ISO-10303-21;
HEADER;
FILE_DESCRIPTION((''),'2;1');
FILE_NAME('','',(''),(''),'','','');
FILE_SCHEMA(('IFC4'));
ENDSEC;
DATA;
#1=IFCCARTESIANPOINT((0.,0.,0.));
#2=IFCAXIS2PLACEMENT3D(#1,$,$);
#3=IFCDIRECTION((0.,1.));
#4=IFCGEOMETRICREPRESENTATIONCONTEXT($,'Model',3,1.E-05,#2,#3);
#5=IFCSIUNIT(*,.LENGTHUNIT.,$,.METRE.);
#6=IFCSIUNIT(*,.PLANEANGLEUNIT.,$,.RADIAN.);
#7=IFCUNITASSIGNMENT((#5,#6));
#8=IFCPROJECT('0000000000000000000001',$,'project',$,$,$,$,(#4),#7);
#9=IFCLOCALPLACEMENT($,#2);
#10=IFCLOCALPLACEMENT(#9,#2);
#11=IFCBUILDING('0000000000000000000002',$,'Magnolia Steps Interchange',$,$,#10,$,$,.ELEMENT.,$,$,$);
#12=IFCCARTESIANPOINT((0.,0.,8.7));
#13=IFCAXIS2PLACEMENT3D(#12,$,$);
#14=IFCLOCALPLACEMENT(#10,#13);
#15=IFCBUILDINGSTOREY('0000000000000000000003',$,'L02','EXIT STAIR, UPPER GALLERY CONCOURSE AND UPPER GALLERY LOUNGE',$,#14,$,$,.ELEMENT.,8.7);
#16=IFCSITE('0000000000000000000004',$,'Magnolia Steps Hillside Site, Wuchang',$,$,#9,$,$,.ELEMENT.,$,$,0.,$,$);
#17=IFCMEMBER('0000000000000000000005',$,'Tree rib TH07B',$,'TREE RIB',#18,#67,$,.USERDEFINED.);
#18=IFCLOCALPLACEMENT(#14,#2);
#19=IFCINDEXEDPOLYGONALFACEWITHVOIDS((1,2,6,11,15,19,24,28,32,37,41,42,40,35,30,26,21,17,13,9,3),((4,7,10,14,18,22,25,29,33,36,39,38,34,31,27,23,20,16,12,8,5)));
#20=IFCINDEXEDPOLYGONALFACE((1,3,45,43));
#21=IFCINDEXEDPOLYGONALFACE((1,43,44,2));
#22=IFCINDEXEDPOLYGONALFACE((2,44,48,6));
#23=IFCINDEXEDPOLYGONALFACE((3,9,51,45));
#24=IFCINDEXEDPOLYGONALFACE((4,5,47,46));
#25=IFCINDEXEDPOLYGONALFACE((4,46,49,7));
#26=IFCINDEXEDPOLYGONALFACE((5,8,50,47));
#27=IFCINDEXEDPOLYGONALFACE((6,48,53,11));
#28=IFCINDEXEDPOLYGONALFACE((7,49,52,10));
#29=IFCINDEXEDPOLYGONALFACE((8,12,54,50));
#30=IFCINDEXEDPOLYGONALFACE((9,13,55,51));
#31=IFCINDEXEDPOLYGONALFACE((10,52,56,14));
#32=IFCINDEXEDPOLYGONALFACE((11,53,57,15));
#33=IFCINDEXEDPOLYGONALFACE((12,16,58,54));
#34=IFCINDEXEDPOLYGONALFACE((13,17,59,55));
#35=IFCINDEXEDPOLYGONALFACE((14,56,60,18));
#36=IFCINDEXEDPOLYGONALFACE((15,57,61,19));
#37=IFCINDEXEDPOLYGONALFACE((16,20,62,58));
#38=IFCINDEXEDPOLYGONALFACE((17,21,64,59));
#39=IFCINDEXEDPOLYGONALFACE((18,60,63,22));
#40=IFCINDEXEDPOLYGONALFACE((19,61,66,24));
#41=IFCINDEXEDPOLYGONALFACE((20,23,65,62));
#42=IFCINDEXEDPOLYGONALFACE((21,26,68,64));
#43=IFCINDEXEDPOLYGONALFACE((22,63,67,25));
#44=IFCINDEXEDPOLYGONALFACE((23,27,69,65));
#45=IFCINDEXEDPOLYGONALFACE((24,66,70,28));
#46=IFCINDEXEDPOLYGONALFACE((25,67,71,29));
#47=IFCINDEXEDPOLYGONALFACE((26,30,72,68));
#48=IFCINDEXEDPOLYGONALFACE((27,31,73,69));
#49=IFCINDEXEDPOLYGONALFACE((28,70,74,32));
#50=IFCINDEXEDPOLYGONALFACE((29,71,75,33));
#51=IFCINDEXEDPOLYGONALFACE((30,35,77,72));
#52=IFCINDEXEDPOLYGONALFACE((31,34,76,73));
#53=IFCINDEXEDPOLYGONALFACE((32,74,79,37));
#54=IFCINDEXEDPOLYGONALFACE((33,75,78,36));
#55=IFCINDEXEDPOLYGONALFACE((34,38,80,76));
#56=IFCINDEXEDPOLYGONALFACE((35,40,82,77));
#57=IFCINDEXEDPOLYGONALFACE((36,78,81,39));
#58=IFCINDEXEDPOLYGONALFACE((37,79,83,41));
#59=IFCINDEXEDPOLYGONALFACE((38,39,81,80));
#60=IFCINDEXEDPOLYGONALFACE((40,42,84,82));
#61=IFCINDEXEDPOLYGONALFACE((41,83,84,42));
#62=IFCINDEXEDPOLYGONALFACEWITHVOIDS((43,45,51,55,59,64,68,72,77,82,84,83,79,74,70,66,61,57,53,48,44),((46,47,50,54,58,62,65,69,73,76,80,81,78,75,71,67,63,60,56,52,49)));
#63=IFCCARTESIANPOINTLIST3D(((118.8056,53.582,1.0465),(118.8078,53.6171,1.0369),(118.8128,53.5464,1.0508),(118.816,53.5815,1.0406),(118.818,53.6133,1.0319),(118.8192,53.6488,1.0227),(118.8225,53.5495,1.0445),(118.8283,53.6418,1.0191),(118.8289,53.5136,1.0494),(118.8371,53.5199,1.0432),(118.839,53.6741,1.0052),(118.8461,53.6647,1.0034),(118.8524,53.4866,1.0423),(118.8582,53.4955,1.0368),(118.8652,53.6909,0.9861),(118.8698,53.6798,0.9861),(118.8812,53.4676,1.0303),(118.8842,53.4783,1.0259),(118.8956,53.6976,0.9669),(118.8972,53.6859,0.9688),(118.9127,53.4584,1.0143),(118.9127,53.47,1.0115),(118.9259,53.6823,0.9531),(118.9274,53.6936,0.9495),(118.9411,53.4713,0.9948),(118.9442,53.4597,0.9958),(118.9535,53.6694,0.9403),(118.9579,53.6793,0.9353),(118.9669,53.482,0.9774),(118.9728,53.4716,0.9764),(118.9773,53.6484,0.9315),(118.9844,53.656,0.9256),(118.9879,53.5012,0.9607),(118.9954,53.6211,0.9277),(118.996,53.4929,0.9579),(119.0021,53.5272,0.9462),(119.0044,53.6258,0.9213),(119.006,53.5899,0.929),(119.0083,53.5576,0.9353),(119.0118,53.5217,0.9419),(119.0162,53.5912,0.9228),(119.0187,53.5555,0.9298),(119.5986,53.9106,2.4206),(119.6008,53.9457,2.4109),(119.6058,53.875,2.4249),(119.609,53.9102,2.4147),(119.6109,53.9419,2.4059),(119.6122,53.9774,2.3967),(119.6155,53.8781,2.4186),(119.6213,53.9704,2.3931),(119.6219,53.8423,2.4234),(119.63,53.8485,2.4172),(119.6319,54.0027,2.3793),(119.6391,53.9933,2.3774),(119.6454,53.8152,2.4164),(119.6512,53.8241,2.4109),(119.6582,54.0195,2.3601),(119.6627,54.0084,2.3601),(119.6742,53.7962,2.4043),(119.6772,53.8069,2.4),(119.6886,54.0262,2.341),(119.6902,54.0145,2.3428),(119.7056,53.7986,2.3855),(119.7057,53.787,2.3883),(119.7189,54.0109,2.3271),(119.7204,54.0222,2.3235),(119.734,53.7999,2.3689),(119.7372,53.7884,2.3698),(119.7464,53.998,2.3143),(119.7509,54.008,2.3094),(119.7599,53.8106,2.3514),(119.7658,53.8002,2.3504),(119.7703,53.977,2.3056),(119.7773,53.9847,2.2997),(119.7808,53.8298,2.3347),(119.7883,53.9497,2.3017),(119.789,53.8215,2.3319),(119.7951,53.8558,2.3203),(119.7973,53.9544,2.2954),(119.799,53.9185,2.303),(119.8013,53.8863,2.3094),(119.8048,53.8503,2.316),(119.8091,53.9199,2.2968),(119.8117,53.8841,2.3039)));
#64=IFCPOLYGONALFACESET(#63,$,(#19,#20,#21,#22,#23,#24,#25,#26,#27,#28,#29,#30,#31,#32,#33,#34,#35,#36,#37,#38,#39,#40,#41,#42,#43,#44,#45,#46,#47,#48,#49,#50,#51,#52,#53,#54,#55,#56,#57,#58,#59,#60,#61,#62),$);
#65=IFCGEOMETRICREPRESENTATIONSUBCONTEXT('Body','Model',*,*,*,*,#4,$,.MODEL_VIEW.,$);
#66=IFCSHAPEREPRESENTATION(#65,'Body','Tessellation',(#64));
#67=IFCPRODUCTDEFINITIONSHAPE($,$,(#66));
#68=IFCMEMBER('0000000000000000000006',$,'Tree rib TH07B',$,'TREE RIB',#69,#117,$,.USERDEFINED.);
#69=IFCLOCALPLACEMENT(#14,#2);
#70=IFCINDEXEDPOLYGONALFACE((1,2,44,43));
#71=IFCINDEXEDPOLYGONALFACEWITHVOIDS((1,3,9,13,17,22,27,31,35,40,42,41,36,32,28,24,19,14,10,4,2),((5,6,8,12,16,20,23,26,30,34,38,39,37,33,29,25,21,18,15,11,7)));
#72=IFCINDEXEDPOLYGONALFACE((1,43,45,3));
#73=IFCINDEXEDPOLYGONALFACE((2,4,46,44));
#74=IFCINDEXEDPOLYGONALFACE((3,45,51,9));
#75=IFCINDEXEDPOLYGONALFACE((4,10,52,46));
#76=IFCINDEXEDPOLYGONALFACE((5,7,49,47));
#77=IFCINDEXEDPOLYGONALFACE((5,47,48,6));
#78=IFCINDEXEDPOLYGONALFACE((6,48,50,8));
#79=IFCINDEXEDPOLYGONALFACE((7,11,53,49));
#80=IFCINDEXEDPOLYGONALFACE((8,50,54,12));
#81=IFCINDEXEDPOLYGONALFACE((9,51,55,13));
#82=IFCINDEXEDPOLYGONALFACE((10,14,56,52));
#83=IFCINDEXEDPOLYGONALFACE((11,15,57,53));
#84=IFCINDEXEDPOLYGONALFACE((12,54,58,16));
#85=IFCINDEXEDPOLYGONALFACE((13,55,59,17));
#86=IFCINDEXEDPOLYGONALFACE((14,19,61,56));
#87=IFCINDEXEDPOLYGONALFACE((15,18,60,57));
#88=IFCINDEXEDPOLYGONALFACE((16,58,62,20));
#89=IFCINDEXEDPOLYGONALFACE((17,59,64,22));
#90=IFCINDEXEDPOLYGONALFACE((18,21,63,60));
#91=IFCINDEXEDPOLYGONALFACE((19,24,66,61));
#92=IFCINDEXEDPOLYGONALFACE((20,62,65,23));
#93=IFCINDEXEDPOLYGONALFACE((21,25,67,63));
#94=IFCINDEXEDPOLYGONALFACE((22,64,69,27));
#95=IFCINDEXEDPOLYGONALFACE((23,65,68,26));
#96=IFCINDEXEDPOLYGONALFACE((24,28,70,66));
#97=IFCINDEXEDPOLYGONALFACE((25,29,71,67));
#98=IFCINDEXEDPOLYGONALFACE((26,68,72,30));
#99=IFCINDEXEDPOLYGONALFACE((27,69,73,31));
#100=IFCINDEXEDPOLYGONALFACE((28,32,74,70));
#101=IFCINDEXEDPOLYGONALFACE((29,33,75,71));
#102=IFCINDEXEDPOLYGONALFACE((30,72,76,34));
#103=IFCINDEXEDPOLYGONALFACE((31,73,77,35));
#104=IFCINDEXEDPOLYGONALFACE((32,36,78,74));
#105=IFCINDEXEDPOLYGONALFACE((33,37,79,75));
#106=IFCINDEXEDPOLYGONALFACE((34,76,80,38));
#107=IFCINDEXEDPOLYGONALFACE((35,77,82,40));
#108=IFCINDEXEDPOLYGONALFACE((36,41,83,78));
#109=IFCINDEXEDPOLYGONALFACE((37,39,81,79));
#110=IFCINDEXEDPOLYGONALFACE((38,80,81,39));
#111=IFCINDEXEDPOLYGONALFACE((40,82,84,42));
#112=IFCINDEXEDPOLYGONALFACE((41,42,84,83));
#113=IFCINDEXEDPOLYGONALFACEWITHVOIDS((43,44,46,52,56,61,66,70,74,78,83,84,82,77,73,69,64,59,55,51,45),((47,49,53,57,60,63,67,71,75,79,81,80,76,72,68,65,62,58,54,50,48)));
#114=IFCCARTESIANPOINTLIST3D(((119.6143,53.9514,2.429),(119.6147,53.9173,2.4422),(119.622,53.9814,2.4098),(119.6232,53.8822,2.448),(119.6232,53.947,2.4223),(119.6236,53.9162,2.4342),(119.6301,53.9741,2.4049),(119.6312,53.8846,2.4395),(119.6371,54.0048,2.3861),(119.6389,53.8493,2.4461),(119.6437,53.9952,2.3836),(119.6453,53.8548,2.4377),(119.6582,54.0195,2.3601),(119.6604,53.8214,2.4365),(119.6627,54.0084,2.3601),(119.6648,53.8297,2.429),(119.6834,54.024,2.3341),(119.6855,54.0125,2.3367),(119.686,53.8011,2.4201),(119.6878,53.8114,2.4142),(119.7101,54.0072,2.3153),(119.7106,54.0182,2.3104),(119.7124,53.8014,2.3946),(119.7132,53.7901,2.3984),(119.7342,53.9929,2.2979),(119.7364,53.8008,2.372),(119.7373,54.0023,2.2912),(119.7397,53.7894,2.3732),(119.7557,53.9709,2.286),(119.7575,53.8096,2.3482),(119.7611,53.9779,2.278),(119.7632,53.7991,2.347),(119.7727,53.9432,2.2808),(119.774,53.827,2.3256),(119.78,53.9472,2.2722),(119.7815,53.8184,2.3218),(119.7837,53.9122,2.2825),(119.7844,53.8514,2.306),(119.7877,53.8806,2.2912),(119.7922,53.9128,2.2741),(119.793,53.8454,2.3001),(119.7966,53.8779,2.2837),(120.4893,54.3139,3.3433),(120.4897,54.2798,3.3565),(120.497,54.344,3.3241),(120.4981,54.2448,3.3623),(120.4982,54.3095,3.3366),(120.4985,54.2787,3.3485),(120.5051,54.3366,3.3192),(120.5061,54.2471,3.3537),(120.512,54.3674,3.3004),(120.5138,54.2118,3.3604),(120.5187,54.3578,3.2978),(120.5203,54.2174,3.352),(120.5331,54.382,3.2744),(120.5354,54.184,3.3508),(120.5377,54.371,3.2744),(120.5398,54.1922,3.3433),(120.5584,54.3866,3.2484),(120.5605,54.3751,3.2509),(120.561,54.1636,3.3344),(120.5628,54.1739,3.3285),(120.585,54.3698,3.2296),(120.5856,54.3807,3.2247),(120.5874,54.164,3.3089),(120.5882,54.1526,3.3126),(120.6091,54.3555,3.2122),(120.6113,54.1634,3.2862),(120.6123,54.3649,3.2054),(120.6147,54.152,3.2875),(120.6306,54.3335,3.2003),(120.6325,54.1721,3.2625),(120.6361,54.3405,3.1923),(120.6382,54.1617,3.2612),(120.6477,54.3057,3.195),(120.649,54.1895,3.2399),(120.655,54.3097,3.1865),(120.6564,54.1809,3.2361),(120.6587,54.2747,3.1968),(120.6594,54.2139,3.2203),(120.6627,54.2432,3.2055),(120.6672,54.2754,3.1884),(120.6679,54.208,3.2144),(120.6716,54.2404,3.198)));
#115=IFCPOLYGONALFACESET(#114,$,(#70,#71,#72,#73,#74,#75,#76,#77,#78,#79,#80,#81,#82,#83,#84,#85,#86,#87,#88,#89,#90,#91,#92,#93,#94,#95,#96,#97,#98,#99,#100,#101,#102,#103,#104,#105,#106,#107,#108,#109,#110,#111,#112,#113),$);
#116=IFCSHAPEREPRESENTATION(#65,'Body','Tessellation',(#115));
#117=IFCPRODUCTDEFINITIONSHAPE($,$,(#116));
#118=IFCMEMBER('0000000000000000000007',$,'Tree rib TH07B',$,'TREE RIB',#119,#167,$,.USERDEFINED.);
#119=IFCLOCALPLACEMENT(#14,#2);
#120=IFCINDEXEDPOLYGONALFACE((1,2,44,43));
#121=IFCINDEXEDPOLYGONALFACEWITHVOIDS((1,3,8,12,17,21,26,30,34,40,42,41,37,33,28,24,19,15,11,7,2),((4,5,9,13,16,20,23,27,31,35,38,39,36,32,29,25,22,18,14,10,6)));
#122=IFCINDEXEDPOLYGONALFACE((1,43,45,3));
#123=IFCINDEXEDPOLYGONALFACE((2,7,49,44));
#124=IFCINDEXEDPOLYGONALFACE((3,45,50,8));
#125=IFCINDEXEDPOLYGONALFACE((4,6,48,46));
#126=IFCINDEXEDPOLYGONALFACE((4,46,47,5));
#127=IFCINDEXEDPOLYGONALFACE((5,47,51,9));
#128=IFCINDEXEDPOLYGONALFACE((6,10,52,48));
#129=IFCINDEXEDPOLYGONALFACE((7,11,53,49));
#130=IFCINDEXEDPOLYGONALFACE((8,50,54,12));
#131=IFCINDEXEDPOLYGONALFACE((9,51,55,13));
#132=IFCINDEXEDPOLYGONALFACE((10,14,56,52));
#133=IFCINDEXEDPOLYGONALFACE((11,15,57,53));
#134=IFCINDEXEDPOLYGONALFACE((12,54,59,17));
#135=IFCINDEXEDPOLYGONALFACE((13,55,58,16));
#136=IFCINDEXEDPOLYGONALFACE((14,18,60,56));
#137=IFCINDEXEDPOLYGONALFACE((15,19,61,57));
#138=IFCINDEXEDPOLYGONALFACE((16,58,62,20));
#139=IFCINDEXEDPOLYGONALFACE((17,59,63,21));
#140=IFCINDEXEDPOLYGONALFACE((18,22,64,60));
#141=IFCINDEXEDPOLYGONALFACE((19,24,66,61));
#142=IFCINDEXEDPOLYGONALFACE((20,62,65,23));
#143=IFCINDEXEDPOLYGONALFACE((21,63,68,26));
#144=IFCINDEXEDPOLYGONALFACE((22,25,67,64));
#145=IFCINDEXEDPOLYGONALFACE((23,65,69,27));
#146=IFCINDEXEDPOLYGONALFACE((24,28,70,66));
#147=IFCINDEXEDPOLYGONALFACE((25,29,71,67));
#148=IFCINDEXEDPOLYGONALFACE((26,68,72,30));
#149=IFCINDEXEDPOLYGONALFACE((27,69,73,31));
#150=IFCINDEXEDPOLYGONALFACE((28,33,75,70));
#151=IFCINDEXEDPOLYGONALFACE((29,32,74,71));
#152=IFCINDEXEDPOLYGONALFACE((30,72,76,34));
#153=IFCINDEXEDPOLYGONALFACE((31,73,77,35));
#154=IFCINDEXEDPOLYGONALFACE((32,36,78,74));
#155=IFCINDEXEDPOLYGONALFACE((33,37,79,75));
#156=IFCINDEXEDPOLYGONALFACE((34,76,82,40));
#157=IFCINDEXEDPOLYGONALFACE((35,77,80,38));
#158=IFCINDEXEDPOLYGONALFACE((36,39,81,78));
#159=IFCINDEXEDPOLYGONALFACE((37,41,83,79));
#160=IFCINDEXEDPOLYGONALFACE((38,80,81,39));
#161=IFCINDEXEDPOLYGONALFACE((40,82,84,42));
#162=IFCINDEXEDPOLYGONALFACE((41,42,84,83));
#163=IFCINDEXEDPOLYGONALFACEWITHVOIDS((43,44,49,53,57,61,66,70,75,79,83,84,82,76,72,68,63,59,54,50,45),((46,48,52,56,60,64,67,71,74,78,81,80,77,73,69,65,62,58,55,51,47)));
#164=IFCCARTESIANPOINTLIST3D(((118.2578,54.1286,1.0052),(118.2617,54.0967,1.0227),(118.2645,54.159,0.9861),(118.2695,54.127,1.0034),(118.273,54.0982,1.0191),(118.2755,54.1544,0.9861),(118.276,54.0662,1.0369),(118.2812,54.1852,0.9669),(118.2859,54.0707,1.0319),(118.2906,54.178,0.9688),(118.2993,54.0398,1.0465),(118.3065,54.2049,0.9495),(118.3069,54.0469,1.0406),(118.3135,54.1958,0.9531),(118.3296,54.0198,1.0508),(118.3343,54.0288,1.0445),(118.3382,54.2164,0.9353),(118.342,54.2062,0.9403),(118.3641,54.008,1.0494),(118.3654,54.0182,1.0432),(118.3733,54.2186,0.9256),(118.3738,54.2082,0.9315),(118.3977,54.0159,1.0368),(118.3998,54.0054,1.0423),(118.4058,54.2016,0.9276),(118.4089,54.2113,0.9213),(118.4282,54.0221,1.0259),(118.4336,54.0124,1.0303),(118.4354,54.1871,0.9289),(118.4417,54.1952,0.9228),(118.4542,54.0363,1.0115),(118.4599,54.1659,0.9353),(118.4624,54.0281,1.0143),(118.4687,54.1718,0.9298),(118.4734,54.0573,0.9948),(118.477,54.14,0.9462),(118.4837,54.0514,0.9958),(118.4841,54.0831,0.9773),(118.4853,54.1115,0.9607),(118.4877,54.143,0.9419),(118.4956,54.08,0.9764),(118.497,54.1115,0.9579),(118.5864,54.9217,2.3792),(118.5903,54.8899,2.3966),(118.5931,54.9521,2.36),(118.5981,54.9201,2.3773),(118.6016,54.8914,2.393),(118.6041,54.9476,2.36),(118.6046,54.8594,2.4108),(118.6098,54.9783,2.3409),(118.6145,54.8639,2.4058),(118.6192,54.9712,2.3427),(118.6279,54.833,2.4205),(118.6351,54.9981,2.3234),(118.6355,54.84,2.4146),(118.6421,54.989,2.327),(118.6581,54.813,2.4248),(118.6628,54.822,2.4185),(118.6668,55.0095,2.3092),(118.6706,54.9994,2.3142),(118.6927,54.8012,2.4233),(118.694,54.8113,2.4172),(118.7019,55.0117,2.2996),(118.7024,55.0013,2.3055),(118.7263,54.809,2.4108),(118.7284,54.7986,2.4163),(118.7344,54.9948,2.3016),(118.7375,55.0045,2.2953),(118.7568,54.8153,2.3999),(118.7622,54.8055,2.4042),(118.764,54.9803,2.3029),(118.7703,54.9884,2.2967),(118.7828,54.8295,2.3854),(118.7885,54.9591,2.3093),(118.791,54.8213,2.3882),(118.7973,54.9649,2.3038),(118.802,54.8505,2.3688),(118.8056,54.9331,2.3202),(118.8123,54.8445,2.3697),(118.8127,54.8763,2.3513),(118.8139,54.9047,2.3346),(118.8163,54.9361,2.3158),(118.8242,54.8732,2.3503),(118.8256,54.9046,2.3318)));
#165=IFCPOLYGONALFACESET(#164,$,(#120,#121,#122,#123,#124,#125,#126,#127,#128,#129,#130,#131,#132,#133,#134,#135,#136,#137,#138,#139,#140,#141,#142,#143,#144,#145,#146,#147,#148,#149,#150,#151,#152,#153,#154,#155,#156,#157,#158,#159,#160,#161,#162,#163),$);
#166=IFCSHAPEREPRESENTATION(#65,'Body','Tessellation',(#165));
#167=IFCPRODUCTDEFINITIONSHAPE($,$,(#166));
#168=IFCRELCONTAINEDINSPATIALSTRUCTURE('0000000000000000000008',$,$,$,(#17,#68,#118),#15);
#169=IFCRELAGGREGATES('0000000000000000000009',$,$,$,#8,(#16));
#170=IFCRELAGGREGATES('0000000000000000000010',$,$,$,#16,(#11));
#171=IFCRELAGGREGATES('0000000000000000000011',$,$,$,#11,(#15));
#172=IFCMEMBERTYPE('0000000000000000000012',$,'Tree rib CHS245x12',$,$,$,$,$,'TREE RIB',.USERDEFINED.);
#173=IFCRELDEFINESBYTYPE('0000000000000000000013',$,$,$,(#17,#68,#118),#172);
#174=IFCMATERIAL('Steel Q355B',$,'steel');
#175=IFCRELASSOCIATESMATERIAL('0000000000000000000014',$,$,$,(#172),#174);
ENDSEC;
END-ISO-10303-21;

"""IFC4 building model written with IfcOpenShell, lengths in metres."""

from ifc_helpers import new_model, si_unit, direction, frame, origin, origin_2d, place, context, subcontext, project, spatial, hollow_circle, extrude, material, material_profile, profile_set, type_object, element, save


model = new_model("IFC4")

# Units and contexts
model_context = context("Model", 3, precision=1e-05, world=origin(), true_north=direction((0.0, 1.0)))
body_context = subcontext(model_context, "Body", "Model", "MODEL_VIEW")
ifc_project = project(units=[si_unit("LENGTHUNIT", "METRE"), si_unit("PLANEANGLEUNIT", "RADIAN")], contexts=[model_context])

# Site, building, storey
site_placement = place(None, origin())
site = spatial("IfcSite", under=ifc_project, at=site_placement, Name="Magnolia Steps Hillside Site, Wuchang", CompositionType="ELEMENT", RefElevation=0.0)
building_placement = place(site_placement, origin())
building = spatial("IfcBuilding", under=site, at=building_placement, Name="Magnolia Steps Interchange", CompositionType="ELEMENT")
storey_placement = place(building_placement, frame((0.0, 0.0, 8.7)))
storey = spatial("IfcBuildingStorey", under=building, at=storey_placement, Name="L02", Description="EXIT STAIR, UPPER GALLERY CONCOURSE AND UPPER GALLERY LOUNGE", CompositionType="ELEMENT", Elevation=8.7)

# Members
ifc_material_1 = material(Name="Steel Q355B", Category="steel")
ifc_material_profile_1 = material_profile(ifc_material_1, hollow_circle(Radius=0.1226, WallThickness=0.012, at=origin_2d()), Name="CHS245x12")
ifc_profile_set_1 = profile_set([ifc_material_profile_1], Name="Steel Q355B")
member_type = type_object("IfcMemberType", Name="Tree rib CHS245x12", ElementType="TREE RIB", PredefinedType="USERDEFINED", material=ifc_profile_set_1)
member_1_placement = place(storey_placement, frame((118.9121, 53.5776, 0.9861), z_axis=(0.489456, 0.202835, 0.84811), x_axis=(-0.382837, 0.923816, 0.0)))
element("IfcMember", 1, at=member_1_placement, inside=storey, type_object=member_type, Name="Tree rib TH07B", ObjectType="TREE RIB", PredefinedType="USERDEFINED", context=body_context, shape_type="SweptSolid", body=[
    extrude(hollow_circle(Radius=0.1226, WallThickness=0.012, at=origin_2d()), origin(), (0.0, 0.0, 1.0), 1.6201),
])
member_2_placement = place(storey_placement, frame((119.7051, 53.9062, 2.3601), z_axis=(0.66467, 0.2754, 0.694528), x_axis=(-0.382784, 0.923838, 0.0)))
element("IfcMember", 2, at=member_2_placement, inside=storey, type_object=member_type, Name="Tree rib TH07B", ObjectType="TREE RIB", PredefinedType="USERDEFINED", context=body_context, shape_type="SweptSolid", body=[
    extrude(hollow_circle(Radius=0.1226, WallThickness=0.012, at=origin_2d()), origin(), (0.0, 0.0, 1.0), 1.3164),
])
member_3_placement = place(storey_placement, frame((118.3777, 54.1121, 0.9861), z_axis=(0.20282, 0.489571, 0.848047), x_axis=(-0.923857, 0.382737, 0.0)))
element("IfcMember", 3, at=member_3_placement, inside=storey, type_object=member_type, Name="Tree rib TH07B", ObjectType="TREE RIB", PredefinedType="USERDEFINED", context=body_context, shape_type="SweptSolid", body=[
    extrude(hollow_circle(Radius=0.1226, WallThickness=0.012, at=origin_2d()), origin(), (0.0, 0.0, 1.0), 1.6201),
])

save(model, "model.ifc")
